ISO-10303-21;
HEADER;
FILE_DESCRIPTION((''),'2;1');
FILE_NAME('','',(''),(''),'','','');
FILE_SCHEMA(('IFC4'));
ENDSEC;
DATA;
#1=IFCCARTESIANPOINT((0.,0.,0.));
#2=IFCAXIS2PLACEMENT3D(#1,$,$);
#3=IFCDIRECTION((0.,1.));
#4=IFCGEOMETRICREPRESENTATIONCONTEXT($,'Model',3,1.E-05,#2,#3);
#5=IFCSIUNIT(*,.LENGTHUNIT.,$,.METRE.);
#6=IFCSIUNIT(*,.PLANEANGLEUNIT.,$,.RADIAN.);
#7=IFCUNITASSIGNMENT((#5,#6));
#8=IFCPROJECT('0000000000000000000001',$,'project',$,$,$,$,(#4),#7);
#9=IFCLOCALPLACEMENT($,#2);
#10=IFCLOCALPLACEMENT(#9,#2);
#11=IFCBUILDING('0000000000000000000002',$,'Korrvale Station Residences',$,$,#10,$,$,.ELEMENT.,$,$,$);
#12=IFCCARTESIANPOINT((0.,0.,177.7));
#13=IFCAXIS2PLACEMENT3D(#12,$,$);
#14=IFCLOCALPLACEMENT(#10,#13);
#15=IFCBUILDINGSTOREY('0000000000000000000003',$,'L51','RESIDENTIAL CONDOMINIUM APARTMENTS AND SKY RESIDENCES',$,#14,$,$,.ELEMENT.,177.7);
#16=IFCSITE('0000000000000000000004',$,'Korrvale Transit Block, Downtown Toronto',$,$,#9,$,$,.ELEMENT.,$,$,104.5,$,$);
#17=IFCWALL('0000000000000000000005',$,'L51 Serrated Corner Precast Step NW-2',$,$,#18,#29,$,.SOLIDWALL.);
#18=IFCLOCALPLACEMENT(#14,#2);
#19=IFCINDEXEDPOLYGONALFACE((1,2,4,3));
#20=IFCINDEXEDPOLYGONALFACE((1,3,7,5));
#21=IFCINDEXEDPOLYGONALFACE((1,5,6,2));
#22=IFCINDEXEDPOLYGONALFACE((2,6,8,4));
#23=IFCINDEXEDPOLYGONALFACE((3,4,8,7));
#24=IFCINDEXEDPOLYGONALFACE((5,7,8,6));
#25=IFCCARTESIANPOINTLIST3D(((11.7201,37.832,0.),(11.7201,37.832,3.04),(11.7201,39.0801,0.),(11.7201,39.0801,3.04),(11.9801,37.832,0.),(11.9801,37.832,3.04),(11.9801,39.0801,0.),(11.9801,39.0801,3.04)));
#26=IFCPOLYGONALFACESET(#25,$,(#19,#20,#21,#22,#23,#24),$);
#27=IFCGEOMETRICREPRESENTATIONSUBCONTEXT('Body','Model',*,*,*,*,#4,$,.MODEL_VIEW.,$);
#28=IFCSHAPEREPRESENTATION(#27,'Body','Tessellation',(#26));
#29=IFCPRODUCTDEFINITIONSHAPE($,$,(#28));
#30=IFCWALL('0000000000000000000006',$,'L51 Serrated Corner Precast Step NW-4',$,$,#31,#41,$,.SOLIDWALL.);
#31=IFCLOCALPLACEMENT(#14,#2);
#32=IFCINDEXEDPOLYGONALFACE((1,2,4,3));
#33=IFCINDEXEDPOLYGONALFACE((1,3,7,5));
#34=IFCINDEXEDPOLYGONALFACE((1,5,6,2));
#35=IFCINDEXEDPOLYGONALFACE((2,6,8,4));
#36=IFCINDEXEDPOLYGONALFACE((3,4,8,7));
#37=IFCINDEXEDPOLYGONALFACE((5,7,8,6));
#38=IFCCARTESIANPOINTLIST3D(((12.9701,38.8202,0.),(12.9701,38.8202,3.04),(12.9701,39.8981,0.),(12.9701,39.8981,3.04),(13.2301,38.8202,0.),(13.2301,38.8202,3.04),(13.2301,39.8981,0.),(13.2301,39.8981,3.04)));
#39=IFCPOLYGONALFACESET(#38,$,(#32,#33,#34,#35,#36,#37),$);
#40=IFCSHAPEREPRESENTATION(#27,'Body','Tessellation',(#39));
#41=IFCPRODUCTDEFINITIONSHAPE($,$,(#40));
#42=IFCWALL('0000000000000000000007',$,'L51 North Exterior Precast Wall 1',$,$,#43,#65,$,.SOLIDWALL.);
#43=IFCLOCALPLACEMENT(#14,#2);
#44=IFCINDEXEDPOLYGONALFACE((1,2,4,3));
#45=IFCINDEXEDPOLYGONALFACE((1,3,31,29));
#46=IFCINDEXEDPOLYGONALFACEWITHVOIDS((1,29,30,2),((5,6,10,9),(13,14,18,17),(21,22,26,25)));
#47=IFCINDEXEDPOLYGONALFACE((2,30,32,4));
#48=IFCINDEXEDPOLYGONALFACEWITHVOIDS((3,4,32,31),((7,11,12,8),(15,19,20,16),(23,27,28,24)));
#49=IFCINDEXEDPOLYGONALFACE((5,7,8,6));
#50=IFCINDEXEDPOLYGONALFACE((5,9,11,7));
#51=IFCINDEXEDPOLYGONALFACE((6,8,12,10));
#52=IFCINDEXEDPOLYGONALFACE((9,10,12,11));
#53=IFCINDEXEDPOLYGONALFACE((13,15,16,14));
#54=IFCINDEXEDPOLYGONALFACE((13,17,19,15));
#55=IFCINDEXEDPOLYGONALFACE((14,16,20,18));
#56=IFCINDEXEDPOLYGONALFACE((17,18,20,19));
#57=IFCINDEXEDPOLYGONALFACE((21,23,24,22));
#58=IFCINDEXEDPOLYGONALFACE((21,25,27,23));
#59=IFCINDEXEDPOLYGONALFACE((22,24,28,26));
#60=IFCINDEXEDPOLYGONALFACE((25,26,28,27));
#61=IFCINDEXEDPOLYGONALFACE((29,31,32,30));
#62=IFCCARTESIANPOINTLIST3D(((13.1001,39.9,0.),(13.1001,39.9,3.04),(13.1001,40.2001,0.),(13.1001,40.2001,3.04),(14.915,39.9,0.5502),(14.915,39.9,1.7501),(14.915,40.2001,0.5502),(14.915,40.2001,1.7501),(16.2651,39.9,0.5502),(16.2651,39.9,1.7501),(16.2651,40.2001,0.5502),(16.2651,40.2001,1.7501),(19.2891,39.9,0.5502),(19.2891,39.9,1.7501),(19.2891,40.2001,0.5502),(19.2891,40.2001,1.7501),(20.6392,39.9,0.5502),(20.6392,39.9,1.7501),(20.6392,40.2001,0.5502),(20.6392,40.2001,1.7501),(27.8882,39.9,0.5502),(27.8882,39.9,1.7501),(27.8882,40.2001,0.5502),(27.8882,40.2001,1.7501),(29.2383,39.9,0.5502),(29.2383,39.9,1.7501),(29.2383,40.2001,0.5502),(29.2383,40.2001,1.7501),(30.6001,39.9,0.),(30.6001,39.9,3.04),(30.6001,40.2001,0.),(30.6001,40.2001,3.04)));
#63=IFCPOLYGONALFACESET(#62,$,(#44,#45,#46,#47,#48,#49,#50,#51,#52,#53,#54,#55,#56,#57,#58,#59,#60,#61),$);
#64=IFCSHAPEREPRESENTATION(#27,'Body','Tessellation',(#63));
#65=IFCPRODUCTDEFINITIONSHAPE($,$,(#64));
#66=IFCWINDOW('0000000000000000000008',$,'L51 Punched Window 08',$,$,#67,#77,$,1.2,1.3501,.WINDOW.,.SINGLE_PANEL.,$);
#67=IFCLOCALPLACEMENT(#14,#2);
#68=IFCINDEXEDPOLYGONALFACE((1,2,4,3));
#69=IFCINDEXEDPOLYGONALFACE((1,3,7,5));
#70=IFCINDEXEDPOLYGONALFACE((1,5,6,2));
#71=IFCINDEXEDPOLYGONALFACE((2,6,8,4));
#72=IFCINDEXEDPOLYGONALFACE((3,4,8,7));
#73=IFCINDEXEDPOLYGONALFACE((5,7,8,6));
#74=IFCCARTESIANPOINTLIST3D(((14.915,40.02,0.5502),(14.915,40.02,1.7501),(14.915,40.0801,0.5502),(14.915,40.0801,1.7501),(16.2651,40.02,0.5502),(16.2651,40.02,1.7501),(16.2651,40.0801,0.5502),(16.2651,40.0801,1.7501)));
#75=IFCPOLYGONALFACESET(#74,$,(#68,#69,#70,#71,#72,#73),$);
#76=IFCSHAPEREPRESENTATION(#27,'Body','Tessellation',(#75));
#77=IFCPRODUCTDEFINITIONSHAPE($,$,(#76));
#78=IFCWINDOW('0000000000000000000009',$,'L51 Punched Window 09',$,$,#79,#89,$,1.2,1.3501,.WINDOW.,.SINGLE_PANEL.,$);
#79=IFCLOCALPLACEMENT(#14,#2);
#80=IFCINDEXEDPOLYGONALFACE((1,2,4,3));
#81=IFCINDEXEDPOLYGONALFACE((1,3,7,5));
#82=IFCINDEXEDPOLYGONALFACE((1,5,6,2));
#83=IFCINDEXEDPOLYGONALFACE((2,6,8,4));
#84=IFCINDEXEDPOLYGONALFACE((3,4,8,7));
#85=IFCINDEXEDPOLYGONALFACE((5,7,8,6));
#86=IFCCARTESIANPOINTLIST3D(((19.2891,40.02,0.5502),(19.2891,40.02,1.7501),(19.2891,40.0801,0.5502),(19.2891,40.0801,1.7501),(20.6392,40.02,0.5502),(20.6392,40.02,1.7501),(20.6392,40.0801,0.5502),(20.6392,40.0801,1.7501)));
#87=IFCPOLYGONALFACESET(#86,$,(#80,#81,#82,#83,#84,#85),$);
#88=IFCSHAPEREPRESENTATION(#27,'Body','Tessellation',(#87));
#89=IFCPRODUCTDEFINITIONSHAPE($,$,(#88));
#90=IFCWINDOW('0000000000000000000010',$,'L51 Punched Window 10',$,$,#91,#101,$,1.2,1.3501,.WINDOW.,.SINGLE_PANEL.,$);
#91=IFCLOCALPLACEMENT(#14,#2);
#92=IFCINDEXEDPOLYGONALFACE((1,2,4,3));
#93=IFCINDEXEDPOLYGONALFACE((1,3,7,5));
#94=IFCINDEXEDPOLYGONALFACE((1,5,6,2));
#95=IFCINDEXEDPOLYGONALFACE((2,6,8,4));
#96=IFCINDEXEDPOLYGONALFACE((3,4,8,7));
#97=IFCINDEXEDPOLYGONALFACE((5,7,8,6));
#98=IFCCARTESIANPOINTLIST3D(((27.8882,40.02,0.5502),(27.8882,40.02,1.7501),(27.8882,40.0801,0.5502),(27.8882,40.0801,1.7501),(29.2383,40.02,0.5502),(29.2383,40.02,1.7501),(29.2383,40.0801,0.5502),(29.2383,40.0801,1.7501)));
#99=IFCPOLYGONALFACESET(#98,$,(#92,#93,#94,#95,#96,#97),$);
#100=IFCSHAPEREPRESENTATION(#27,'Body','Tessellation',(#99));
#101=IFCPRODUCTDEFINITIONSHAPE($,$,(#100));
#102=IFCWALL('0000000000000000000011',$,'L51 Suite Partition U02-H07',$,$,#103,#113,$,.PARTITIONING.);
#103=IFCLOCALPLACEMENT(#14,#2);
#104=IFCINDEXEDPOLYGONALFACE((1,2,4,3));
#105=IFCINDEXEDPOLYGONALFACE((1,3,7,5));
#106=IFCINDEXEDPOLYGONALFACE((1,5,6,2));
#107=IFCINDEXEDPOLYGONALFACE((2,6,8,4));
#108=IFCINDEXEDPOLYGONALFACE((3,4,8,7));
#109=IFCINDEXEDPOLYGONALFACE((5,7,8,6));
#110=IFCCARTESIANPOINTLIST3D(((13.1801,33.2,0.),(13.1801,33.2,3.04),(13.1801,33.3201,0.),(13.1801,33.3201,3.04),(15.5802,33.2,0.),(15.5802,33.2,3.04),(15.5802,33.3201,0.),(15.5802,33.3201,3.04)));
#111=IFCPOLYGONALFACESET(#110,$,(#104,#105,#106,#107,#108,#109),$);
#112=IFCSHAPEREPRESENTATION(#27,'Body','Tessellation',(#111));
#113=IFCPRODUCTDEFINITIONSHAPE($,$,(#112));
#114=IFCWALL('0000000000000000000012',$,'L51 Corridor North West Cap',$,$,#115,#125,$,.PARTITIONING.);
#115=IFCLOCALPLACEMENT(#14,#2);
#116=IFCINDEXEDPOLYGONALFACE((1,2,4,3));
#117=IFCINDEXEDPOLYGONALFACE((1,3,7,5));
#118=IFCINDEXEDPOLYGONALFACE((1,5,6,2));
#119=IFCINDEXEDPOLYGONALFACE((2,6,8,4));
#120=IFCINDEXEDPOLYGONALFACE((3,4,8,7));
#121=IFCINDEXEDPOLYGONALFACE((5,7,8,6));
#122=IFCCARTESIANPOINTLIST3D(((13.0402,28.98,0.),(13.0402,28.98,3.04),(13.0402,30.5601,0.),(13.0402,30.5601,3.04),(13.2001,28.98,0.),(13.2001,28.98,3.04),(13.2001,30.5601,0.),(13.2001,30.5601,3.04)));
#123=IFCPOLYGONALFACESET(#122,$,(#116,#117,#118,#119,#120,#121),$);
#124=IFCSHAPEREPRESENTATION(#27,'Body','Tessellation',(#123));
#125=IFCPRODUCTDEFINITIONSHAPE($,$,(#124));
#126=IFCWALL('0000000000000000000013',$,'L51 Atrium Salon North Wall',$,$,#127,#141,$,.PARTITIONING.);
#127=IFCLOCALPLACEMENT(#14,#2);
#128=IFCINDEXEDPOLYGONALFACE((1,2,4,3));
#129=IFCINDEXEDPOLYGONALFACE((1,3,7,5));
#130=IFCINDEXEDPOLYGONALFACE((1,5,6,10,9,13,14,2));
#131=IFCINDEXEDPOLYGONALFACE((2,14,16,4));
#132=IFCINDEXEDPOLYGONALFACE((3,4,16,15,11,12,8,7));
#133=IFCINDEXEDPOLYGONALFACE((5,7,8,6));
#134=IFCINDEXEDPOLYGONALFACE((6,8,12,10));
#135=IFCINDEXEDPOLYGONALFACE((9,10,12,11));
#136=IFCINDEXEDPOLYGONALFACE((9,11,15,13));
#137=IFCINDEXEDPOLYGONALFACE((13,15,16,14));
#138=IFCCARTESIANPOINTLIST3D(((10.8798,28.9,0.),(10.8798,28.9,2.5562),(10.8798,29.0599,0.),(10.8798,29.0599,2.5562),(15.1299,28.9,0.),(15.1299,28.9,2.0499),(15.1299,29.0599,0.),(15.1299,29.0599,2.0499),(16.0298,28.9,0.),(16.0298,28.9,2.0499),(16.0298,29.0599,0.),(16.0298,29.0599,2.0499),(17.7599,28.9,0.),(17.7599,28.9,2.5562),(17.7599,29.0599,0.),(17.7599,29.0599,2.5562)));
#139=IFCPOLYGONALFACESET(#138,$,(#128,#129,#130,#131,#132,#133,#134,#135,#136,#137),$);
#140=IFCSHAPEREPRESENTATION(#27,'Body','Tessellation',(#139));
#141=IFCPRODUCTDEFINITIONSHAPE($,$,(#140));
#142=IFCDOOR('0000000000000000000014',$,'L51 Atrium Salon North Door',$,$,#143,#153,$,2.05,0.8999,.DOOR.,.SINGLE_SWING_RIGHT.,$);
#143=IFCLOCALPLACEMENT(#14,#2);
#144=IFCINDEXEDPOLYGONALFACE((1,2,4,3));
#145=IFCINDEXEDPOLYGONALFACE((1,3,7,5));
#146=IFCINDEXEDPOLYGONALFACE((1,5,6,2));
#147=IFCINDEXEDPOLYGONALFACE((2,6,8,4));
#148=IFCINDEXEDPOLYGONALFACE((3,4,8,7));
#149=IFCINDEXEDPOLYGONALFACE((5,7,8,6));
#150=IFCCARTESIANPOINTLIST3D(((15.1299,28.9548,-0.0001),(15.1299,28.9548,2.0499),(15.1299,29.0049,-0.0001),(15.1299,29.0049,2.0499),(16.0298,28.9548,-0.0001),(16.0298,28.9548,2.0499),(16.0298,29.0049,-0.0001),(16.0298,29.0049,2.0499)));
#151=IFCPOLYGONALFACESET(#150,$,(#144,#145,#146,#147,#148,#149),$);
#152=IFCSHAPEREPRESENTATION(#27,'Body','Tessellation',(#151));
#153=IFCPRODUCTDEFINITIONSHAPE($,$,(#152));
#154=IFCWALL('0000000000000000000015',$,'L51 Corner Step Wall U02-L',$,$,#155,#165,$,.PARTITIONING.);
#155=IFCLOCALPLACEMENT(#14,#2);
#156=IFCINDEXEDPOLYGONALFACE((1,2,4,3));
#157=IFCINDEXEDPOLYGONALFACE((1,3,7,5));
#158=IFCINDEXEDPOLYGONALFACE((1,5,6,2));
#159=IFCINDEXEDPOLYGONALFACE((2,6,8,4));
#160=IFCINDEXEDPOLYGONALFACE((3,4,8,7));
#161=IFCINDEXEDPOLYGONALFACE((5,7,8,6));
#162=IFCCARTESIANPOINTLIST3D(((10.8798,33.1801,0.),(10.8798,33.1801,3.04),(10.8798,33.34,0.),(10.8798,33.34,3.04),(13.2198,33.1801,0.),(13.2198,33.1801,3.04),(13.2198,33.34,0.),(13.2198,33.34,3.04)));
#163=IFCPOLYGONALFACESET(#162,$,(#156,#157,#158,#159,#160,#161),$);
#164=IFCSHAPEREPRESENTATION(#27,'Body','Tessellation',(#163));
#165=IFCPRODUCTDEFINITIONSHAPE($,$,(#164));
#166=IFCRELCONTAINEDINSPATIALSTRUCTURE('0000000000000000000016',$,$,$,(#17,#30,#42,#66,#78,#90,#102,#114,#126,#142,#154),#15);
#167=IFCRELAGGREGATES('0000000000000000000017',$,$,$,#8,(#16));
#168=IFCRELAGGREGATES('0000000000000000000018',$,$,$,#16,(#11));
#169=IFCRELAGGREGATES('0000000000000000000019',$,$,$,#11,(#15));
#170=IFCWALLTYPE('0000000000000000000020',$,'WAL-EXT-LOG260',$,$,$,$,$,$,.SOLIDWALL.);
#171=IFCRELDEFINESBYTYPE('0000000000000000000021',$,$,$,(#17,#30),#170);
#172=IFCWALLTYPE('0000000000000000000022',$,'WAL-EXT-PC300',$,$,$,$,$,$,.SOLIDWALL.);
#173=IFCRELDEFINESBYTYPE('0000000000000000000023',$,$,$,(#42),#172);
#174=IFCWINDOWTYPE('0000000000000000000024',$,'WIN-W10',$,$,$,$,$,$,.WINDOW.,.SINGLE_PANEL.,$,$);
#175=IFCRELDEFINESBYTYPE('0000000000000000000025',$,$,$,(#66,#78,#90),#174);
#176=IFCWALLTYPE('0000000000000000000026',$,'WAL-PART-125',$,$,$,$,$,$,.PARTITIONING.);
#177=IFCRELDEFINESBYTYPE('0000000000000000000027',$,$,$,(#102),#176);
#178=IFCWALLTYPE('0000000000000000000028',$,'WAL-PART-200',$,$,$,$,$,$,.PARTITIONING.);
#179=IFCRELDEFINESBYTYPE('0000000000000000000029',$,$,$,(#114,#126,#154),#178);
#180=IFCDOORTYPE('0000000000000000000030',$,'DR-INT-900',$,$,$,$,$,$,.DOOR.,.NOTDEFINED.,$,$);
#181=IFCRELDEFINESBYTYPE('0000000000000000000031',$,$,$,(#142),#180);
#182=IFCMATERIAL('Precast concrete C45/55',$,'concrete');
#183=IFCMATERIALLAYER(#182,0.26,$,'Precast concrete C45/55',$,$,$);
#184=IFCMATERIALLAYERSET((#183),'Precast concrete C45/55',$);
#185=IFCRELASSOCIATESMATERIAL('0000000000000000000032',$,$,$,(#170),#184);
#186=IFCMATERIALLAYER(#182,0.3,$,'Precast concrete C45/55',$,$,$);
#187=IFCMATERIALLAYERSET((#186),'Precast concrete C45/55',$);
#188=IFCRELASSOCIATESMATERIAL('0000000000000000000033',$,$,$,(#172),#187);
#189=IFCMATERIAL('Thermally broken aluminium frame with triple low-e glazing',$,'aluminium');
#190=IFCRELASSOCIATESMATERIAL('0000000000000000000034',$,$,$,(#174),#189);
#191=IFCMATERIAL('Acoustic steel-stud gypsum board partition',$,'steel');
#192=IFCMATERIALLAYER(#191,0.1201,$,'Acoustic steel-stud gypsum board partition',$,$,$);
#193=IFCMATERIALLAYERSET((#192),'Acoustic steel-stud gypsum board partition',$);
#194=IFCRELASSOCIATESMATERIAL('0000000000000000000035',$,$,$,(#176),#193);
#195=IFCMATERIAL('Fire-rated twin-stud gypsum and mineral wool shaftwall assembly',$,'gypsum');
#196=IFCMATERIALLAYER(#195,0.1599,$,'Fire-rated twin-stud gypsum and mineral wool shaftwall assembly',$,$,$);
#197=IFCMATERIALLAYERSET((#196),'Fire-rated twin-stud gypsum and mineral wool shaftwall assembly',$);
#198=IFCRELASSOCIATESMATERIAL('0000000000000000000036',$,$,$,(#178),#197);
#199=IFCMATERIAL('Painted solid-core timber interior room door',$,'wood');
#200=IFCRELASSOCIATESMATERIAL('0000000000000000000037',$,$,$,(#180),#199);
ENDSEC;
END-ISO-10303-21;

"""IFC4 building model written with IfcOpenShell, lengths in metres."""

from ifc_helpers import new_model, si_unit, direction, frame, frame_2d, origin, place, context, subcontext, project, spatial, rectangle, extrude, material, layer, layer_set, type_object, element, fill, save


model = new_model("IFC4")

# Units and contexts
model_context = context("Model", 3, precision=1e-05, world=origin(), true_north=direction((0.0, 1.0)))
body_context = subcontext(model_context, "Body", "Model", "MODEL_VIEW")
ifc_project = project(units=[si_unit("LENGTHUNIT", "METRE"), si_unit("PLANEANGLEUNIT", "RADIAN")], contexts=[model_context])

# Site, building, storey
site_placement = place(None, origin())
site = spatial("IfcSite", under=ifc_project, at=site_placement, Name="Korrvale Transit Block, Downtown Toronto", CompositionType="ELEMENT", RefElevation=104.5)
building_placement = place(site_placement, origin())
building = spatial("IfcBuilding", under=site, at=building_placement, Name="Korrvale Station Residences", CompositionType="ELEMENT")
storey_placement = place(building_placement, frame((0.0, 0.0, 177.7)))
storey = spatial("IfcBuildingStorey", under=building, at=storey_placement, Name="L51", Description="RESIDENTIAL CONDOMINIUM APARTMENTS AND SKY RESIDENCES", CompositionType="ELEMENT", Elevation=177.7)

# Walls
ifc_material_1 = material(Name="Precast concrete C45/55", Category="concrete")
ifc_layer_1 = layer(ifc_material_1, 0.26, Name="Precast concrete C45/55")
ifc_layer_set_1 = layer_set([ifc_layer_1], Name="Precast concrete C45/55")
wall_type_1 = type_object("IfcWallType", Name="WAL-EXT-LOG260", PredefinedType="SOLIDWALL", material=ifc_layer_set_1)
wall_1_placement = place(storey_placement, frame((11.8501, 37.832, 0.0), z_axis=(0.0, 0.0, 1.0), x_axis=(0.0, 1.0, 0.0)))
element("IfcWall", 1, at=wall_1_placement, inside=storey, type_object=wall_type_1, Name="L51 Serrated Corner Precast Step NW-2", PredefinedType="SOLIDWALL", context=body_context, shape_type="SweptSolid", body=[
    extrude(rectangle(XDim=1.248, YDim=0.26, at=frame_2d((0.624, 0.0))), origin(), (0.0, 0.0, 1.0), 3.04),
])
wall_2_placement = place(storey_placement, frame((13.1001, 38.8201, 0.0), z_axis=(0.0, 0.0, 1.0), x_axis=(0.0, 1.0, 0.0)))
element("IfcWall", 2, at=wall_2_placement, inside=storey, type_object=wall_type_1, Name="L51 Serrated Corner Precast Step NW-4", PredefinedType="SOLIDWALL", context=body_context, shape_type="SweptSolid", body=[
    extrude(rectangle(XDim=1.0779, YDim=0.26, at=frame_2d((0.5391, 0.0))), origin(), (0.0, 0.0, 1.0), 3.04),
])

# Wall, openings, windows
ifc_layer_2 = layer(ifc_material_1, 0.3, Name="Precast concrete C45/55")
ifc_layer_set_2 = layer_set([ifc_layer_2], Name="Precast concrete C45/55")
wall_type_2 = type_object("IfcWallType", Name="WAL-EXT-PC300", PredefinedType="SOLIDWALL", material=ifc_layer_set_2)
wall_3_placement = place(storey_placement, frame((13.1001, 40.05, 0.0), z_axis=(0.0, 0.0, 1.0), x_axis=(1.0, 0.0, 0.0)))
wall_3 = element("IfcWall", 3, at=wall_3_placement, inside=storey, type_object=wall_type_2, Name="L51 North Exterior Precast Wall 1", PredefinedType="SOLIDWALL", context=body_context, shape_type="SweptSolid", body=[
    extrude(rectangle(XDim=17.5, YDim=0.3, at=frame_2d((8.75, 0.0))), origin(), (0.0, 0.0, 1.0), 3.04),
])
opening_1_placement = place(wall_3_placement, frame((1.8149, 0.0, 0.55)))
opening_1 = element("IfcOpeningElement", 4, at=opening_1_placement, cuts=wall_3, PredefinedType="OPENING", context=body_context, shape_type="SweptSolid", body=[
    extrude(rectangle(XDim=1.3501, YDim=1.2, at=frame_2d((0.675, 0.6001))), frame((0.0, 0.1602, 0.0), z_axis=(0.0, -1.0, 0.0), x_axis=(1.0, 0.0, 0.0)), (0.0, 0.0, 1.0), 0.3201),
])
opening_2_placement = place(wall_3_placement, frame((6.189, 0.0, 0.55)))
opening_2 = element("IfcOpeningElement", 5, at=opening_2_placement, cuts=wall_3, PredefinedType="OPENING", context=body_context, shape_type="SweptSolid", body=[
    extrude(rectangle(XDim=1.3501, YDim=1.2, at=frame_2d((0.675, 0.6001))), frame((0.0, 0.1602, 0.0), z_axis=(0.0, -1.0, 0.0), x_axis=(1.0, 0.0, 0.0)), (0.0, 0.0, 1.0), 0.3201),
])
opening_3_placement = place(wall_3_placement, frame((14.7881, 0.0, 0.55)))
opening_3 = element("IfcOpeningElement", 6, at=opening_3_placement, cuts=wall_3, PredefinedType="OPENING", context=body_context, shape_type="SweptSolid", body=[
    extrude(rectangle(XDim=1.3501, YDim=1.2, at=frame_2d((0.675, 0.6001))), frame((0.0, 0.1602, 0.0), z_axis=(0.0, -1.0, 0.0), x_axis=(1.0, 0.0, 0.0)), (0.0, 0.0, 1.0), 0.3201),
])
ifc_material_2 = material(Name="Thermally broken aluminium frame with triple low-e glazing", Category="aluminium")
window_type = type_object("IfcWindowType", Name="WIN-W10", PartitioningType="SINGLE_PANEL", PredefinedType="WINDOW", material=ifc_material_2)
window_1_placement = place(opening_1_placement, origin())
window_1 = element("IfcWindow", 7, at=window_1_placement, inside=storey, type_object=window_type, Name="L51 Punched Window 08", OverallHeight=1.2, OverallWidth=1.3501, PartitioningType="SINGLE_PANEL", PredefinedType="WINDOW", context=body_context, shape_type="SweptSolid", body=[
    extrude(rectangle(XDim=1.3501, YDim=1.2, at=frame_2d((0.675, 0.6001))), frame((0.0, 0.03, 0.0), z_axis=(0.0, -1.0, 0.0), x_axis=(1.0, 0.0, 0.0)), (0.0, 0.0, 1.0), 0.0601),
])
fill(opening_1, window_1)
window_2_placement = place(opening_2_placement, origin())
window_2 = element("IfcWindow", 8, at=window_2_placement, inside=storey, type_object=window_type, Name="L51 Punched Window 09", OverallHeight=1.2, OverallWidth=1.3501, PartitioningType="SINGLE_PANEL", PredefinedType="WINDOW", context=body_context, shape_type="SweptSolid", body=[
    extrude(rectangle(XDim=1.3501, YDim=1.2, at=frame_2d((0.675, 0.6001))), frame((0.0, 0.03, 0.0), z_axis=(0.0, -1.0, 0.0), x_axis=(1.0, 0.0, 0.0)), (0.0, 0.0, 1.0), 0.0601),
])
fill(opening_2, window_2)
window_3_placement = place(opening_3_placement, origin())
window_3 = element("IfcWindow", 9, at=window_3_placement, inside=storey, type_object=window_type, Name="L51 Punched Window 10", OverallHeight=1.2, OverallWidth=1.3501, PartitioningType="SINGLE_PANEL", PredefinedType="WINDOW", context=body_context, shape_type="SweptSolid", body=[
    extrude(rectangle(XDim=1.3501, YDim=1.2, at=frame_2d((0.675, 0.6001))), frame((0.0, 0.03, 0.0), z_axis=(0.0, -1.0, 0.0), x_axis=(1.0, 0.0, 0.0)), (0.0, 0.0, 1.0), 0.0601),
])
fill(opening_3, window_3)

# Walls
ifc_material_3 = material(Name="Acoustic steel-stud gypsum board partition", Category="steel")
ifc_layer_3 = layer(ifc_material_3, 0.1201, Name="Acoustic steel-stud gypsum board partition")
ifc_layer_set_3 = layer_set([ifc_layer_3], Name="Acoustic steel-stud gypsum board partition")
wall_type_3 = type_object("IfcWallType", Name="WAL-PART-125", PredefinedType="PARTITIONING", material=ifc_layer_set_3)
wall_4_placement = place(storey_placement, frame((13.1799, 33.26, 0.0), z_axis=(0.0, 0.0, 1.0), x_axis=(1.0, 0.0, 0.0)))
element("IfcWall", 10, at=wall_4_placement, inside=storey, type_object=wall_type_3, Name="L51 Suite Partition U02-H07", PredefinedType="PARTITIONING", context=body_context, shape_type="SweptSolid", body=[
    extrude(rectangle(XDim=2.4001, YDim=0.1201, at=frame_2d((1.2002, 0.0))), origin(), (0.0, 0.0, 1.0), 3.04),
])
ifc_material_4 = material(Name="Fire-rated twin-stud gypsum and mineral wool shaftwall assembly", Category="gypsum")
ifc_layer_4 = layer(ifc_material_4, 0.1599, Name="Fire-rated twin-stud gypsum and mineral wool shaftwall assembly")
ifc_layer_set_4 = layer_set([ifc_layer_4], Name="Fire-rated twin-stud gypsum and mineral wool shaftwall assembly")
wall_type_4 = type_object("IfcWallType", Name="WAL-PART-200", PredefinedType="PARTITIONING", material=ifc_layer_set_4)
wall_5_placement = place(storey_placement, frame((13.1201, 28.98, 0.0), z_axis=(0.0, 0.0, 1.0), x_axis=(0.0, 1.0, 0.0)))
element("IfcWall", 11, at=wall_5_placement, inside=storey, type_object=wall_type_4, Name="L51 Corridor North West Cap", PredefinedType="PARTITIONING", context=body_context, shape_type="SweptSolid", body=[
    extrude(rectangle(XDim=1.5801, YDim=0.1599, at=frame_2d((0.79, 0.0))), origin(), (0.0, 0.0, 1.0), 3.04),
])

# Wall, opening, door
wall_6_placement = place(storey_placement, frame((10.8799, 28.98, 0.0), z_axis=(0.0, 0.0, 1.0), x_axis=(1.0, 0.0, 0.0)))
wall_6 = element("IfcWall", 12, at=wall_6_placement, inside=storey, type_object=wall_type_4, Name="L51 Atrium Salon North Wall", PredefinedType="PARTITIONING", context=body_context, shape_type="SweptSolid", body=[
    extrude(rectangle(XDim=6.8801, YDim=0.1599, at=frame_2d((3.4399, 0.0))), origin(), (0.0, 0.0, 1.0), 2.5562),
])
opening_4_placement = place(wall_6_placement, frame((4.25, 0.0, 0.0)))
opening_4 = element("IfcOpeningElement", 13, at=opening_4_placement, cuts=wall_6, PredefinedType="OPENING", context=body_context, shape_type="SweptSolid", body=[
    extrude(rectangle(XDim=0.8999, YDim=2.05, at=frame_2d((0.45, 1.0249))), frame((0.0, 0.0898, 0.0), z_axis=(0.0, -1.0, 0.0), x_axis=(1.0, 0.0, 0.0)), (0.0, 0.0, 1.0), 0.1799),
])
ifc_material_5 = material(Name="Painted solid-core timber interior room door", Category="wood")
door_type_1 = type_object("IfcDoorType", Name="DR-INT-900", OperationType="NOTDEFINED", PredefinedType="DOOR", material=ifc_material_5)
door_1_placement = place(opening_4_placement, origin())
door_1 = element("IfcDoor", 14, at=door_1_placement, inside=storey, type_object=door_type_1, Name="L51 Atrium Salon North Door", OperationType="SINGLE_SWING_RIGHT", OverallHeight=2.05, OverallWidth=0.8999, PredefinedType="DOOR", context=body_context, shape_type="SweptSolid", body=[
    extrude(rectangle(XDim=0.8999, YDim=2.05, at=frame_2d((0.45, 1.0249))), frame((0.0, 0.0249, 0.0), z_axis=(0.0, -1.0, 0.0), x_axis=(1.0, 0.0, 0.0)), (0.0, 0.0, 1.0), 0.05),
])
fill(opening_4, door_1)

# Wall
wall_7_placement = place(storey_placement, frame((10.8799, 33.26, 0.0), z_axis=(0.0, 0.0, 1.0), x_axis=(1.0, 0.0, 0.0)))
element("IfcWall", 15, at=wall_7_placement, inside=storey, type_object=wall_type_4, Name="L51 Corner Step Wall U02-L", PredefinedType="PARTITIONING", context=body_context, shape_type="SweptSolid", body=[
    extrude(rectangle(XDim=2.3401, YDim=0.1599, at=frame_2d((1.1699, 0.0))), origin(), (0.0, 0.0, 1.0), 3.04),
])

save(model, "model.ifc")
